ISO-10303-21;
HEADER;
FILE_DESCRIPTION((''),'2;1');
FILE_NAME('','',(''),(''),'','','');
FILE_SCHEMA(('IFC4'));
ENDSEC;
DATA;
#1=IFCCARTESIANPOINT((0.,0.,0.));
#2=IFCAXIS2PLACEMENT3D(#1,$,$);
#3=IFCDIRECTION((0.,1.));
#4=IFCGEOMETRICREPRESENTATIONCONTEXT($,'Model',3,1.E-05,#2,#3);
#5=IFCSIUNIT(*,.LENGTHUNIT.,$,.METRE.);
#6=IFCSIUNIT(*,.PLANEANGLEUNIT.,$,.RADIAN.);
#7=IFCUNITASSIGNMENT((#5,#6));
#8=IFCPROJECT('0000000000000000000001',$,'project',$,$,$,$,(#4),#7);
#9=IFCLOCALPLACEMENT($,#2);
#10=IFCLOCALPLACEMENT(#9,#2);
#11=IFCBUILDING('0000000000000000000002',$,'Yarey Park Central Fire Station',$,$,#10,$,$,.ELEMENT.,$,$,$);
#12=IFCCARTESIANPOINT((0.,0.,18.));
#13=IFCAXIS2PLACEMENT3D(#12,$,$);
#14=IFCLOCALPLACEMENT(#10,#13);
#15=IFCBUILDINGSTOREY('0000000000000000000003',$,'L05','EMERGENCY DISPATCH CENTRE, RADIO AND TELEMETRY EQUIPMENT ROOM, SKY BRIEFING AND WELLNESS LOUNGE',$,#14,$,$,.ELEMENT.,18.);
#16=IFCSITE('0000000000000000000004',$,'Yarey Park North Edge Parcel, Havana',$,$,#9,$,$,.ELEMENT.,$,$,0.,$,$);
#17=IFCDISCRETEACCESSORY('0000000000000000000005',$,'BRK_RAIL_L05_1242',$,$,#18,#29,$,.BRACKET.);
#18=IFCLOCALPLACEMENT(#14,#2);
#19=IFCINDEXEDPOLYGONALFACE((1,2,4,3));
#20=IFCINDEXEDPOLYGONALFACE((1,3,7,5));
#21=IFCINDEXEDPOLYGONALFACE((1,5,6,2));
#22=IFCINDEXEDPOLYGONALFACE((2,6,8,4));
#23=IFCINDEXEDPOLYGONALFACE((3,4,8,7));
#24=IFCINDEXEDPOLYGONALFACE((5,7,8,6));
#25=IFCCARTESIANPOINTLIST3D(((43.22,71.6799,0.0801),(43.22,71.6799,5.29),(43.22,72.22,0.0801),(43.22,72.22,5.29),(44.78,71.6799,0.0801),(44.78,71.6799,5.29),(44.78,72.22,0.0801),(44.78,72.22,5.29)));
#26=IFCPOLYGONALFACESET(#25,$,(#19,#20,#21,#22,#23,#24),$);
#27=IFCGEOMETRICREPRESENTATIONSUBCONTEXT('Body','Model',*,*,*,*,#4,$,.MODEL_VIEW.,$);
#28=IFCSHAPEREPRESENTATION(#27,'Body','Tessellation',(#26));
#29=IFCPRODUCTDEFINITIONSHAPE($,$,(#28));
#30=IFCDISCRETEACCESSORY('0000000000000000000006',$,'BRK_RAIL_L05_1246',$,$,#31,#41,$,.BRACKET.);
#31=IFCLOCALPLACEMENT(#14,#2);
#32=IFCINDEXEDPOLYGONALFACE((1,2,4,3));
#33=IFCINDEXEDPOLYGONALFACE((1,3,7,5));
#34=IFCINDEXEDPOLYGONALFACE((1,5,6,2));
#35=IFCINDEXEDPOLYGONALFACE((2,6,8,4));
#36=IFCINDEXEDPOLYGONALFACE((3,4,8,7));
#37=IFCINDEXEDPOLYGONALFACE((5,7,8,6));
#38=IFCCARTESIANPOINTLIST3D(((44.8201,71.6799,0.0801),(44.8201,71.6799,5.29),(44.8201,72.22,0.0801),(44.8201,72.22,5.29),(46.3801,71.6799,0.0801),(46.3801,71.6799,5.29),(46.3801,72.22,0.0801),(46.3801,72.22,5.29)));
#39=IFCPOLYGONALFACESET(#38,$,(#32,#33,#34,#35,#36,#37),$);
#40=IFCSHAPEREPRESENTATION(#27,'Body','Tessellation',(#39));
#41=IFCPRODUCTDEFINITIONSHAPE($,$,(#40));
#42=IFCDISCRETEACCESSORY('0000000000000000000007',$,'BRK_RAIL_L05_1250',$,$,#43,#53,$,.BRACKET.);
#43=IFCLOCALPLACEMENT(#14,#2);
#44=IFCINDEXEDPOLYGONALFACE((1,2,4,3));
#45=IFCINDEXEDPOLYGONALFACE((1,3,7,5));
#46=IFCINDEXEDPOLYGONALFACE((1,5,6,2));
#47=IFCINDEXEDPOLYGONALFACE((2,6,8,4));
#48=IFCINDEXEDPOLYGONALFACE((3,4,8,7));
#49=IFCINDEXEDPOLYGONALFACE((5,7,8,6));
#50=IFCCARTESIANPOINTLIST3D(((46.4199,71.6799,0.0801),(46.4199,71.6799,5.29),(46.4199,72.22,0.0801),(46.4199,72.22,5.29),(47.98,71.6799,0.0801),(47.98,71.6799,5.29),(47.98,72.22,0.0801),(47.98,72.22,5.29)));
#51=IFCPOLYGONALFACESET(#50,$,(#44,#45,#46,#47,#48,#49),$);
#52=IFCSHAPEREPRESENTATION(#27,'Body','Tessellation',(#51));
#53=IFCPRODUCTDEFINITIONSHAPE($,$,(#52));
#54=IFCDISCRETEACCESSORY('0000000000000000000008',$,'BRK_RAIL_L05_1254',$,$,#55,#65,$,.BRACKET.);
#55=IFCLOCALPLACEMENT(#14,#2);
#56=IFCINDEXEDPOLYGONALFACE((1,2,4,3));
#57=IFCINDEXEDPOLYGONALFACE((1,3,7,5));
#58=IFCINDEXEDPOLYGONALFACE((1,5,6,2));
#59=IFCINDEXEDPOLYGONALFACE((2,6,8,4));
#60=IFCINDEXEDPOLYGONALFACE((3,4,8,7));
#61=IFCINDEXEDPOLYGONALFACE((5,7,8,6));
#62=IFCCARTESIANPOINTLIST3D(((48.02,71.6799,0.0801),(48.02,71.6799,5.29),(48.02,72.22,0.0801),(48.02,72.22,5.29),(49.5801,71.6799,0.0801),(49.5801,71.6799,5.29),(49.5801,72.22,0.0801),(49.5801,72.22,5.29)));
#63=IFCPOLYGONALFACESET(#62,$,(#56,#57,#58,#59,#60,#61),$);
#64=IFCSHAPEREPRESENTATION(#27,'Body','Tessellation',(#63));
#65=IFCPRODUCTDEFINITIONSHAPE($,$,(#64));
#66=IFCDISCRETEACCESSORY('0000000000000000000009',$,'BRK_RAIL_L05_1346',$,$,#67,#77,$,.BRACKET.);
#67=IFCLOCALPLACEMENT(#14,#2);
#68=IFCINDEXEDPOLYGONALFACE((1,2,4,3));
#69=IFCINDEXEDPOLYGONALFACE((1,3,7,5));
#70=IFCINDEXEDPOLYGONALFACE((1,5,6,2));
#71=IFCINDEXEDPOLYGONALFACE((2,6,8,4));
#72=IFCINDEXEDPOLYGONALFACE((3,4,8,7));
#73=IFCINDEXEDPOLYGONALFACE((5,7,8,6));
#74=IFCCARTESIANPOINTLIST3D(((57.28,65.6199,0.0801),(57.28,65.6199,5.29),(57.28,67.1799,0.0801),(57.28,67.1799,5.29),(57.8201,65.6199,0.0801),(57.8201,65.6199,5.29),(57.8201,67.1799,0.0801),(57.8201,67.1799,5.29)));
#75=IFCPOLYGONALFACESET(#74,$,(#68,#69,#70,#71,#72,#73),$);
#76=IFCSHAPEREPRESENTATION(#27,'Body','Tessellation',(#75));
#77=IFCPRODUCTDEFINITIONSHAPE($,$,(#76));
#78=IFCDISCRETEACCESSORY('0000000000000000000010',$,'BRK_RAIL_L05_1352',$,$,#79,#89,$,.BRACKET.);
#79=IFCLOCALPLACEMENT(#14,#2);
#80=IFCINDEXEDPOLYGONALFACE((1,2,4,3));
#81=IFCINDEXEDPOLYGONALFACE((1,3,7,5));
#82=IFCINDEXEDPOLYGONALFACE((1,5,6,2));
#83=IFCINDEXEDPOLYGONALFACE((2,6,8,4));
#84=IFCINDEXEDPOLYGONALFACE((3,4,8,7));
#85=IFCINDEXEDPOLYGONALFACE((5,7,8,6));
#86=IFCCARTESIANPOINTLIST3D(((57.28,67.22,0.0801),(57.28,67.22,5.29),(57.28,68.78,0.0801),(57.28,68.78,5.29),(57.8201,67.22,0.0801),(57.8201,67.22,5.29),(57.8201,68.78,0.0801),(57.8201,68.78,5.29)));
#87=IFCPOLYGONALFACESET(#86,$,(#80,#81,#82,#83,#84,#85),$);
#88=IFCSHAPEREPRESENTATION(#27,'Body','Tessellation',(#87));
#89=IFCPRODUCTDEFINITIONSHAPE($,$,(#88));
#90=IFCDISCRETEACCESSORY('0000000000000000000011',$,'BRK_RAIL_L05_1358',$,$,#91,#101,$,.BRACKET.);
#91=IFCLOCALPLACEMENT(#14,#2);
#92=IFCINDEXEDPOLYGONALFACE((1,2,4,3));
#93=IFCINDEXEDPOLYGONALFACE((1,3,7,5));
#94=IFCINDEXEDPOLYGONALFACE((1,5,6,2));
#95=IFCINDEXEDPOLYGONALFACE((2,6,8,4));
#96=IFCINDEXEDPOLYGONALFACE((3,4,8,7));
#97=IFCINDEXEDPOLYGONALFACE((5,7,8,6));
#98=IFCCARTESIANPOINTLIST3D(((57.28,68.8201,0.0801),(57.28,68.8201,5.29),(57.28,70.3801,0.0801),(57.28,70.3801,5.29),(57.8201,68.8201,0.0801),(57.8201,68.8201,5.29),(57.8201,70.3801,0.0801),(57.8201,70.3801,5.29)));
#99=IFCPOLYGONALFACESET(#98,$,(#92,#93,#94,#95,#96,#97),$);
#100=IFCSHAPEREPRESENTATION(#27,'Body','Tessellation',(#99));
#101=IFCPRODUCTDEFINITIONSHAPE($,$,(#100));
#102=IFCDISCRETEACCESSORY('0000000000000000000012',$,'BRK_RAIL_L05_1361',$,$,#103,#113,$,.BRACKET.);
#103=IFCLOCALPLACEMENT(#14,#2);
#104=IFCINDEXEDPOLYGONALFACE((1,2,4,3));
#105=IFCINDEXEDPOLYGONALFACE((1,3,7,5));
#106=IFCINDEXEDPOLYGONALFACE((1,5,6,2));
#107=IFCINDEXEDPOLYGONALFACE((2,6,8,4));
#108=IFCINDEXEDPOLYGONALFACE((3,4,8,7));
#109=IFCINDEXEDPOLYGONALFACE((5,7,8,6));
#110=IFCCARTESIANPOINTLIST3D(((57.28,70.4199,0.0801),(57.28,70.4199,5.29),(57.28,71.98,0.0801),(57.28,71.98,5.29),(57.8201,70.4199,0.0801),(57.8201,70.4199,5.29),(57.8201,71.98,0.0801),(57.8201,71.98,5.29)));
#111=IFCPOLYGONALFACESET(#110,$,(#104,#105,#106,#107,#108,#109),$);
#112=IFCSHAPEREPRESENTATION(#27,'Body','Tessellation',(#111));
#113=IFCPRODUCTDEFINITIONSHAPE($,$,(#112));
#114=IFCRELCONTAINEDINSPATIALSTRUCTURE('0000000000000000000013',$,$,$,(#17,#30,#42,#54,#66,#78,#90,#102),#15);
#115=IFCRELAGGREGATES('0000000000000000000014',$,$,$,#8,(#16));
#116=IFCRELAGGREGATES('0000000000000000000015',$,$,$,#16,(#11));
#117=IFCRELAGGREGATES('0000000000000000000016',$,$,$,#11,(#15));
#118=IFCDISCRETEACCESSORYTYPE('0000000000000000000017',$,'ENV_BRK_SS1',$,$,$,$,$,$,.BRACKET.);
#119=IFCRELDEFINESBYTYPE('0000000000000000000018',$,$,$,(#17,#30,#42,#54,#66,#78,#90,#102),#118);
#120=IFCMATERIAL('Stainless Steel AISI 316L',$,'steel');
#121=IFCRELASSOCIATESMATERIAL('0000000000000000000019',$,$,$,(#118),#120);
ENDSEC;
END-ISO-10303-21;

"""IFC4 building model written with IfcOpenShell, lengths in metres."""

from ifc_helpers import new_model, si_unit, direction, frame, origin, origin_2d, place, context, subcontext, project, spatial, rectangle, extrude, material, type_object, element, save


model = new_model("IFC4")

# Units and contexts
model_context = context("Model", 3, precision=1e-05, world=origin(), true_north=direction((0.0, 1.0)))
body_context = subcontext(model_context, "Body", "Model", "MODEL_VIEW")
ifc_project = project(units=[si_unit("LENGTHUNIT", "METRE"), si_unit("PLANEANGLEUNIT", "RADIAN")], contexts=[model_context])

# Site, building, storey
site_placement = place(None, origin())
site = spatial("IfcSite", under=ifc_project, at=site_placement, Name="Yarey Park North Edge Parcel, Havana", CompositionType="ELEMENT", RefElevation=0.0)
building_placement = place(site_placement, origin())
building = spatial("IfcBuilding", under=site, at=building_placement, Name="Yarey Park Central Fire Station", CompositionType="ELEMENT")
storey_placement = place(building_placement, frame((0.0, 0.0, 18.0)))
storey = spatial("IfcBuildingStorey", under=building, at=storey_placement, Name="L05", Description="EMERGENCY DISPATCH CENTRE, RADIO AND TELEMETRY EQUIPMENT ROOM, SKY BRIEFING AND WELLNESS LOUNGE", CompositionType="ELEMENT", Elevation=18.0)

# Discrete accessories
ifc_material_1 = material(Name="Stainless Steel AISI 316L", Category="steel")
discrete_accessory_type = type_object("IfcDiscreteAccessoryType", Name="ENV_BRK_SS1", PredefinedType="BRACKET", material=ifc_material_1)
for number, where, z_axis, x_axis, name in (
    (1, (44.0, 71.95, 0.0801), (0.0, 0.0, 1.0), (1.0, 0.0, 0.0), "BRK_RAIL_L05_1242"),
    (2, (45.6001, 71.95, 0.0801), (0.0, 0.0, 1.0), (1.0, 0.0, 0.0), "BRK_RAIL_L05_1246"),
    (3, (47.2, 71.95, 0.0801), (0.0, 0.0, 1.0), (1.0, 0.0, 0.0), "BRK_RAIL_L05_1250"),
    (4, (48.8, 71.95, 0.0801), (0.0, 0.0, 1.0), (1.0, 0.0, 0.0), "BRK_RAIL_L05_1254"),
):
    element("IfcDiscreteAccessory", number, at=place(storey_placement, frame(where, z_axis=z_axis, x_axis=x_axis)), inside=storey, type_object=discrete_accessory_type, Name=name, PredefinedType="BRACKET", context=body_context, shape_type="SweptSolid", body=[
        extrude(rectangle(XDim=1.5601, YDim=0.54, at=origin_2d()), origin(), (0.0, 0.0, 1.0), 5.21),
    ])
for number, where, z_axis, x_axis, name in (
    (5, (57.55, 66.3999, 0.0801), (0.0, 0.0, 1.0), (1.0, 0.0, 0.0), "BRK_RAIL_L05_1346"),
    (6, (57.55, 68.0, 0.0801), (0.0, 0.0, 1.0), (1.0, 0.0, 0.0), "BRK_RAIL_L05_1352"),
    (7, (57.55, 69.6001, 0.0801), (0.0, 0.0, 1.0), (1.0, 0.0, 0.0), "BRK_RAIL_L05_1358"),
    (8, (57.55, 71.2, 0.0801), (0.0, 0.0, 1.0), (1.0, 0.0, 0.0), "BRK_RAIL_L05_1361"),
):
    element("IfcDiscreteAccessory", number, at=place(storey_placement, frame(where, z_axis=z_axis, x_axis=x_axis)), inside=storey, type_object=discrete_accessory_type, Name=name, PredefinedType="BRACKET", context=body_context, shape_type="SweptSolid", body=[
        extrude(rectangle(XDim=0.54, YDim=1.5601, at=origin_2d()), origin(), (0.0, 0.0, 1.0), 5.21),
    ])

save(model, "model.ifc")
